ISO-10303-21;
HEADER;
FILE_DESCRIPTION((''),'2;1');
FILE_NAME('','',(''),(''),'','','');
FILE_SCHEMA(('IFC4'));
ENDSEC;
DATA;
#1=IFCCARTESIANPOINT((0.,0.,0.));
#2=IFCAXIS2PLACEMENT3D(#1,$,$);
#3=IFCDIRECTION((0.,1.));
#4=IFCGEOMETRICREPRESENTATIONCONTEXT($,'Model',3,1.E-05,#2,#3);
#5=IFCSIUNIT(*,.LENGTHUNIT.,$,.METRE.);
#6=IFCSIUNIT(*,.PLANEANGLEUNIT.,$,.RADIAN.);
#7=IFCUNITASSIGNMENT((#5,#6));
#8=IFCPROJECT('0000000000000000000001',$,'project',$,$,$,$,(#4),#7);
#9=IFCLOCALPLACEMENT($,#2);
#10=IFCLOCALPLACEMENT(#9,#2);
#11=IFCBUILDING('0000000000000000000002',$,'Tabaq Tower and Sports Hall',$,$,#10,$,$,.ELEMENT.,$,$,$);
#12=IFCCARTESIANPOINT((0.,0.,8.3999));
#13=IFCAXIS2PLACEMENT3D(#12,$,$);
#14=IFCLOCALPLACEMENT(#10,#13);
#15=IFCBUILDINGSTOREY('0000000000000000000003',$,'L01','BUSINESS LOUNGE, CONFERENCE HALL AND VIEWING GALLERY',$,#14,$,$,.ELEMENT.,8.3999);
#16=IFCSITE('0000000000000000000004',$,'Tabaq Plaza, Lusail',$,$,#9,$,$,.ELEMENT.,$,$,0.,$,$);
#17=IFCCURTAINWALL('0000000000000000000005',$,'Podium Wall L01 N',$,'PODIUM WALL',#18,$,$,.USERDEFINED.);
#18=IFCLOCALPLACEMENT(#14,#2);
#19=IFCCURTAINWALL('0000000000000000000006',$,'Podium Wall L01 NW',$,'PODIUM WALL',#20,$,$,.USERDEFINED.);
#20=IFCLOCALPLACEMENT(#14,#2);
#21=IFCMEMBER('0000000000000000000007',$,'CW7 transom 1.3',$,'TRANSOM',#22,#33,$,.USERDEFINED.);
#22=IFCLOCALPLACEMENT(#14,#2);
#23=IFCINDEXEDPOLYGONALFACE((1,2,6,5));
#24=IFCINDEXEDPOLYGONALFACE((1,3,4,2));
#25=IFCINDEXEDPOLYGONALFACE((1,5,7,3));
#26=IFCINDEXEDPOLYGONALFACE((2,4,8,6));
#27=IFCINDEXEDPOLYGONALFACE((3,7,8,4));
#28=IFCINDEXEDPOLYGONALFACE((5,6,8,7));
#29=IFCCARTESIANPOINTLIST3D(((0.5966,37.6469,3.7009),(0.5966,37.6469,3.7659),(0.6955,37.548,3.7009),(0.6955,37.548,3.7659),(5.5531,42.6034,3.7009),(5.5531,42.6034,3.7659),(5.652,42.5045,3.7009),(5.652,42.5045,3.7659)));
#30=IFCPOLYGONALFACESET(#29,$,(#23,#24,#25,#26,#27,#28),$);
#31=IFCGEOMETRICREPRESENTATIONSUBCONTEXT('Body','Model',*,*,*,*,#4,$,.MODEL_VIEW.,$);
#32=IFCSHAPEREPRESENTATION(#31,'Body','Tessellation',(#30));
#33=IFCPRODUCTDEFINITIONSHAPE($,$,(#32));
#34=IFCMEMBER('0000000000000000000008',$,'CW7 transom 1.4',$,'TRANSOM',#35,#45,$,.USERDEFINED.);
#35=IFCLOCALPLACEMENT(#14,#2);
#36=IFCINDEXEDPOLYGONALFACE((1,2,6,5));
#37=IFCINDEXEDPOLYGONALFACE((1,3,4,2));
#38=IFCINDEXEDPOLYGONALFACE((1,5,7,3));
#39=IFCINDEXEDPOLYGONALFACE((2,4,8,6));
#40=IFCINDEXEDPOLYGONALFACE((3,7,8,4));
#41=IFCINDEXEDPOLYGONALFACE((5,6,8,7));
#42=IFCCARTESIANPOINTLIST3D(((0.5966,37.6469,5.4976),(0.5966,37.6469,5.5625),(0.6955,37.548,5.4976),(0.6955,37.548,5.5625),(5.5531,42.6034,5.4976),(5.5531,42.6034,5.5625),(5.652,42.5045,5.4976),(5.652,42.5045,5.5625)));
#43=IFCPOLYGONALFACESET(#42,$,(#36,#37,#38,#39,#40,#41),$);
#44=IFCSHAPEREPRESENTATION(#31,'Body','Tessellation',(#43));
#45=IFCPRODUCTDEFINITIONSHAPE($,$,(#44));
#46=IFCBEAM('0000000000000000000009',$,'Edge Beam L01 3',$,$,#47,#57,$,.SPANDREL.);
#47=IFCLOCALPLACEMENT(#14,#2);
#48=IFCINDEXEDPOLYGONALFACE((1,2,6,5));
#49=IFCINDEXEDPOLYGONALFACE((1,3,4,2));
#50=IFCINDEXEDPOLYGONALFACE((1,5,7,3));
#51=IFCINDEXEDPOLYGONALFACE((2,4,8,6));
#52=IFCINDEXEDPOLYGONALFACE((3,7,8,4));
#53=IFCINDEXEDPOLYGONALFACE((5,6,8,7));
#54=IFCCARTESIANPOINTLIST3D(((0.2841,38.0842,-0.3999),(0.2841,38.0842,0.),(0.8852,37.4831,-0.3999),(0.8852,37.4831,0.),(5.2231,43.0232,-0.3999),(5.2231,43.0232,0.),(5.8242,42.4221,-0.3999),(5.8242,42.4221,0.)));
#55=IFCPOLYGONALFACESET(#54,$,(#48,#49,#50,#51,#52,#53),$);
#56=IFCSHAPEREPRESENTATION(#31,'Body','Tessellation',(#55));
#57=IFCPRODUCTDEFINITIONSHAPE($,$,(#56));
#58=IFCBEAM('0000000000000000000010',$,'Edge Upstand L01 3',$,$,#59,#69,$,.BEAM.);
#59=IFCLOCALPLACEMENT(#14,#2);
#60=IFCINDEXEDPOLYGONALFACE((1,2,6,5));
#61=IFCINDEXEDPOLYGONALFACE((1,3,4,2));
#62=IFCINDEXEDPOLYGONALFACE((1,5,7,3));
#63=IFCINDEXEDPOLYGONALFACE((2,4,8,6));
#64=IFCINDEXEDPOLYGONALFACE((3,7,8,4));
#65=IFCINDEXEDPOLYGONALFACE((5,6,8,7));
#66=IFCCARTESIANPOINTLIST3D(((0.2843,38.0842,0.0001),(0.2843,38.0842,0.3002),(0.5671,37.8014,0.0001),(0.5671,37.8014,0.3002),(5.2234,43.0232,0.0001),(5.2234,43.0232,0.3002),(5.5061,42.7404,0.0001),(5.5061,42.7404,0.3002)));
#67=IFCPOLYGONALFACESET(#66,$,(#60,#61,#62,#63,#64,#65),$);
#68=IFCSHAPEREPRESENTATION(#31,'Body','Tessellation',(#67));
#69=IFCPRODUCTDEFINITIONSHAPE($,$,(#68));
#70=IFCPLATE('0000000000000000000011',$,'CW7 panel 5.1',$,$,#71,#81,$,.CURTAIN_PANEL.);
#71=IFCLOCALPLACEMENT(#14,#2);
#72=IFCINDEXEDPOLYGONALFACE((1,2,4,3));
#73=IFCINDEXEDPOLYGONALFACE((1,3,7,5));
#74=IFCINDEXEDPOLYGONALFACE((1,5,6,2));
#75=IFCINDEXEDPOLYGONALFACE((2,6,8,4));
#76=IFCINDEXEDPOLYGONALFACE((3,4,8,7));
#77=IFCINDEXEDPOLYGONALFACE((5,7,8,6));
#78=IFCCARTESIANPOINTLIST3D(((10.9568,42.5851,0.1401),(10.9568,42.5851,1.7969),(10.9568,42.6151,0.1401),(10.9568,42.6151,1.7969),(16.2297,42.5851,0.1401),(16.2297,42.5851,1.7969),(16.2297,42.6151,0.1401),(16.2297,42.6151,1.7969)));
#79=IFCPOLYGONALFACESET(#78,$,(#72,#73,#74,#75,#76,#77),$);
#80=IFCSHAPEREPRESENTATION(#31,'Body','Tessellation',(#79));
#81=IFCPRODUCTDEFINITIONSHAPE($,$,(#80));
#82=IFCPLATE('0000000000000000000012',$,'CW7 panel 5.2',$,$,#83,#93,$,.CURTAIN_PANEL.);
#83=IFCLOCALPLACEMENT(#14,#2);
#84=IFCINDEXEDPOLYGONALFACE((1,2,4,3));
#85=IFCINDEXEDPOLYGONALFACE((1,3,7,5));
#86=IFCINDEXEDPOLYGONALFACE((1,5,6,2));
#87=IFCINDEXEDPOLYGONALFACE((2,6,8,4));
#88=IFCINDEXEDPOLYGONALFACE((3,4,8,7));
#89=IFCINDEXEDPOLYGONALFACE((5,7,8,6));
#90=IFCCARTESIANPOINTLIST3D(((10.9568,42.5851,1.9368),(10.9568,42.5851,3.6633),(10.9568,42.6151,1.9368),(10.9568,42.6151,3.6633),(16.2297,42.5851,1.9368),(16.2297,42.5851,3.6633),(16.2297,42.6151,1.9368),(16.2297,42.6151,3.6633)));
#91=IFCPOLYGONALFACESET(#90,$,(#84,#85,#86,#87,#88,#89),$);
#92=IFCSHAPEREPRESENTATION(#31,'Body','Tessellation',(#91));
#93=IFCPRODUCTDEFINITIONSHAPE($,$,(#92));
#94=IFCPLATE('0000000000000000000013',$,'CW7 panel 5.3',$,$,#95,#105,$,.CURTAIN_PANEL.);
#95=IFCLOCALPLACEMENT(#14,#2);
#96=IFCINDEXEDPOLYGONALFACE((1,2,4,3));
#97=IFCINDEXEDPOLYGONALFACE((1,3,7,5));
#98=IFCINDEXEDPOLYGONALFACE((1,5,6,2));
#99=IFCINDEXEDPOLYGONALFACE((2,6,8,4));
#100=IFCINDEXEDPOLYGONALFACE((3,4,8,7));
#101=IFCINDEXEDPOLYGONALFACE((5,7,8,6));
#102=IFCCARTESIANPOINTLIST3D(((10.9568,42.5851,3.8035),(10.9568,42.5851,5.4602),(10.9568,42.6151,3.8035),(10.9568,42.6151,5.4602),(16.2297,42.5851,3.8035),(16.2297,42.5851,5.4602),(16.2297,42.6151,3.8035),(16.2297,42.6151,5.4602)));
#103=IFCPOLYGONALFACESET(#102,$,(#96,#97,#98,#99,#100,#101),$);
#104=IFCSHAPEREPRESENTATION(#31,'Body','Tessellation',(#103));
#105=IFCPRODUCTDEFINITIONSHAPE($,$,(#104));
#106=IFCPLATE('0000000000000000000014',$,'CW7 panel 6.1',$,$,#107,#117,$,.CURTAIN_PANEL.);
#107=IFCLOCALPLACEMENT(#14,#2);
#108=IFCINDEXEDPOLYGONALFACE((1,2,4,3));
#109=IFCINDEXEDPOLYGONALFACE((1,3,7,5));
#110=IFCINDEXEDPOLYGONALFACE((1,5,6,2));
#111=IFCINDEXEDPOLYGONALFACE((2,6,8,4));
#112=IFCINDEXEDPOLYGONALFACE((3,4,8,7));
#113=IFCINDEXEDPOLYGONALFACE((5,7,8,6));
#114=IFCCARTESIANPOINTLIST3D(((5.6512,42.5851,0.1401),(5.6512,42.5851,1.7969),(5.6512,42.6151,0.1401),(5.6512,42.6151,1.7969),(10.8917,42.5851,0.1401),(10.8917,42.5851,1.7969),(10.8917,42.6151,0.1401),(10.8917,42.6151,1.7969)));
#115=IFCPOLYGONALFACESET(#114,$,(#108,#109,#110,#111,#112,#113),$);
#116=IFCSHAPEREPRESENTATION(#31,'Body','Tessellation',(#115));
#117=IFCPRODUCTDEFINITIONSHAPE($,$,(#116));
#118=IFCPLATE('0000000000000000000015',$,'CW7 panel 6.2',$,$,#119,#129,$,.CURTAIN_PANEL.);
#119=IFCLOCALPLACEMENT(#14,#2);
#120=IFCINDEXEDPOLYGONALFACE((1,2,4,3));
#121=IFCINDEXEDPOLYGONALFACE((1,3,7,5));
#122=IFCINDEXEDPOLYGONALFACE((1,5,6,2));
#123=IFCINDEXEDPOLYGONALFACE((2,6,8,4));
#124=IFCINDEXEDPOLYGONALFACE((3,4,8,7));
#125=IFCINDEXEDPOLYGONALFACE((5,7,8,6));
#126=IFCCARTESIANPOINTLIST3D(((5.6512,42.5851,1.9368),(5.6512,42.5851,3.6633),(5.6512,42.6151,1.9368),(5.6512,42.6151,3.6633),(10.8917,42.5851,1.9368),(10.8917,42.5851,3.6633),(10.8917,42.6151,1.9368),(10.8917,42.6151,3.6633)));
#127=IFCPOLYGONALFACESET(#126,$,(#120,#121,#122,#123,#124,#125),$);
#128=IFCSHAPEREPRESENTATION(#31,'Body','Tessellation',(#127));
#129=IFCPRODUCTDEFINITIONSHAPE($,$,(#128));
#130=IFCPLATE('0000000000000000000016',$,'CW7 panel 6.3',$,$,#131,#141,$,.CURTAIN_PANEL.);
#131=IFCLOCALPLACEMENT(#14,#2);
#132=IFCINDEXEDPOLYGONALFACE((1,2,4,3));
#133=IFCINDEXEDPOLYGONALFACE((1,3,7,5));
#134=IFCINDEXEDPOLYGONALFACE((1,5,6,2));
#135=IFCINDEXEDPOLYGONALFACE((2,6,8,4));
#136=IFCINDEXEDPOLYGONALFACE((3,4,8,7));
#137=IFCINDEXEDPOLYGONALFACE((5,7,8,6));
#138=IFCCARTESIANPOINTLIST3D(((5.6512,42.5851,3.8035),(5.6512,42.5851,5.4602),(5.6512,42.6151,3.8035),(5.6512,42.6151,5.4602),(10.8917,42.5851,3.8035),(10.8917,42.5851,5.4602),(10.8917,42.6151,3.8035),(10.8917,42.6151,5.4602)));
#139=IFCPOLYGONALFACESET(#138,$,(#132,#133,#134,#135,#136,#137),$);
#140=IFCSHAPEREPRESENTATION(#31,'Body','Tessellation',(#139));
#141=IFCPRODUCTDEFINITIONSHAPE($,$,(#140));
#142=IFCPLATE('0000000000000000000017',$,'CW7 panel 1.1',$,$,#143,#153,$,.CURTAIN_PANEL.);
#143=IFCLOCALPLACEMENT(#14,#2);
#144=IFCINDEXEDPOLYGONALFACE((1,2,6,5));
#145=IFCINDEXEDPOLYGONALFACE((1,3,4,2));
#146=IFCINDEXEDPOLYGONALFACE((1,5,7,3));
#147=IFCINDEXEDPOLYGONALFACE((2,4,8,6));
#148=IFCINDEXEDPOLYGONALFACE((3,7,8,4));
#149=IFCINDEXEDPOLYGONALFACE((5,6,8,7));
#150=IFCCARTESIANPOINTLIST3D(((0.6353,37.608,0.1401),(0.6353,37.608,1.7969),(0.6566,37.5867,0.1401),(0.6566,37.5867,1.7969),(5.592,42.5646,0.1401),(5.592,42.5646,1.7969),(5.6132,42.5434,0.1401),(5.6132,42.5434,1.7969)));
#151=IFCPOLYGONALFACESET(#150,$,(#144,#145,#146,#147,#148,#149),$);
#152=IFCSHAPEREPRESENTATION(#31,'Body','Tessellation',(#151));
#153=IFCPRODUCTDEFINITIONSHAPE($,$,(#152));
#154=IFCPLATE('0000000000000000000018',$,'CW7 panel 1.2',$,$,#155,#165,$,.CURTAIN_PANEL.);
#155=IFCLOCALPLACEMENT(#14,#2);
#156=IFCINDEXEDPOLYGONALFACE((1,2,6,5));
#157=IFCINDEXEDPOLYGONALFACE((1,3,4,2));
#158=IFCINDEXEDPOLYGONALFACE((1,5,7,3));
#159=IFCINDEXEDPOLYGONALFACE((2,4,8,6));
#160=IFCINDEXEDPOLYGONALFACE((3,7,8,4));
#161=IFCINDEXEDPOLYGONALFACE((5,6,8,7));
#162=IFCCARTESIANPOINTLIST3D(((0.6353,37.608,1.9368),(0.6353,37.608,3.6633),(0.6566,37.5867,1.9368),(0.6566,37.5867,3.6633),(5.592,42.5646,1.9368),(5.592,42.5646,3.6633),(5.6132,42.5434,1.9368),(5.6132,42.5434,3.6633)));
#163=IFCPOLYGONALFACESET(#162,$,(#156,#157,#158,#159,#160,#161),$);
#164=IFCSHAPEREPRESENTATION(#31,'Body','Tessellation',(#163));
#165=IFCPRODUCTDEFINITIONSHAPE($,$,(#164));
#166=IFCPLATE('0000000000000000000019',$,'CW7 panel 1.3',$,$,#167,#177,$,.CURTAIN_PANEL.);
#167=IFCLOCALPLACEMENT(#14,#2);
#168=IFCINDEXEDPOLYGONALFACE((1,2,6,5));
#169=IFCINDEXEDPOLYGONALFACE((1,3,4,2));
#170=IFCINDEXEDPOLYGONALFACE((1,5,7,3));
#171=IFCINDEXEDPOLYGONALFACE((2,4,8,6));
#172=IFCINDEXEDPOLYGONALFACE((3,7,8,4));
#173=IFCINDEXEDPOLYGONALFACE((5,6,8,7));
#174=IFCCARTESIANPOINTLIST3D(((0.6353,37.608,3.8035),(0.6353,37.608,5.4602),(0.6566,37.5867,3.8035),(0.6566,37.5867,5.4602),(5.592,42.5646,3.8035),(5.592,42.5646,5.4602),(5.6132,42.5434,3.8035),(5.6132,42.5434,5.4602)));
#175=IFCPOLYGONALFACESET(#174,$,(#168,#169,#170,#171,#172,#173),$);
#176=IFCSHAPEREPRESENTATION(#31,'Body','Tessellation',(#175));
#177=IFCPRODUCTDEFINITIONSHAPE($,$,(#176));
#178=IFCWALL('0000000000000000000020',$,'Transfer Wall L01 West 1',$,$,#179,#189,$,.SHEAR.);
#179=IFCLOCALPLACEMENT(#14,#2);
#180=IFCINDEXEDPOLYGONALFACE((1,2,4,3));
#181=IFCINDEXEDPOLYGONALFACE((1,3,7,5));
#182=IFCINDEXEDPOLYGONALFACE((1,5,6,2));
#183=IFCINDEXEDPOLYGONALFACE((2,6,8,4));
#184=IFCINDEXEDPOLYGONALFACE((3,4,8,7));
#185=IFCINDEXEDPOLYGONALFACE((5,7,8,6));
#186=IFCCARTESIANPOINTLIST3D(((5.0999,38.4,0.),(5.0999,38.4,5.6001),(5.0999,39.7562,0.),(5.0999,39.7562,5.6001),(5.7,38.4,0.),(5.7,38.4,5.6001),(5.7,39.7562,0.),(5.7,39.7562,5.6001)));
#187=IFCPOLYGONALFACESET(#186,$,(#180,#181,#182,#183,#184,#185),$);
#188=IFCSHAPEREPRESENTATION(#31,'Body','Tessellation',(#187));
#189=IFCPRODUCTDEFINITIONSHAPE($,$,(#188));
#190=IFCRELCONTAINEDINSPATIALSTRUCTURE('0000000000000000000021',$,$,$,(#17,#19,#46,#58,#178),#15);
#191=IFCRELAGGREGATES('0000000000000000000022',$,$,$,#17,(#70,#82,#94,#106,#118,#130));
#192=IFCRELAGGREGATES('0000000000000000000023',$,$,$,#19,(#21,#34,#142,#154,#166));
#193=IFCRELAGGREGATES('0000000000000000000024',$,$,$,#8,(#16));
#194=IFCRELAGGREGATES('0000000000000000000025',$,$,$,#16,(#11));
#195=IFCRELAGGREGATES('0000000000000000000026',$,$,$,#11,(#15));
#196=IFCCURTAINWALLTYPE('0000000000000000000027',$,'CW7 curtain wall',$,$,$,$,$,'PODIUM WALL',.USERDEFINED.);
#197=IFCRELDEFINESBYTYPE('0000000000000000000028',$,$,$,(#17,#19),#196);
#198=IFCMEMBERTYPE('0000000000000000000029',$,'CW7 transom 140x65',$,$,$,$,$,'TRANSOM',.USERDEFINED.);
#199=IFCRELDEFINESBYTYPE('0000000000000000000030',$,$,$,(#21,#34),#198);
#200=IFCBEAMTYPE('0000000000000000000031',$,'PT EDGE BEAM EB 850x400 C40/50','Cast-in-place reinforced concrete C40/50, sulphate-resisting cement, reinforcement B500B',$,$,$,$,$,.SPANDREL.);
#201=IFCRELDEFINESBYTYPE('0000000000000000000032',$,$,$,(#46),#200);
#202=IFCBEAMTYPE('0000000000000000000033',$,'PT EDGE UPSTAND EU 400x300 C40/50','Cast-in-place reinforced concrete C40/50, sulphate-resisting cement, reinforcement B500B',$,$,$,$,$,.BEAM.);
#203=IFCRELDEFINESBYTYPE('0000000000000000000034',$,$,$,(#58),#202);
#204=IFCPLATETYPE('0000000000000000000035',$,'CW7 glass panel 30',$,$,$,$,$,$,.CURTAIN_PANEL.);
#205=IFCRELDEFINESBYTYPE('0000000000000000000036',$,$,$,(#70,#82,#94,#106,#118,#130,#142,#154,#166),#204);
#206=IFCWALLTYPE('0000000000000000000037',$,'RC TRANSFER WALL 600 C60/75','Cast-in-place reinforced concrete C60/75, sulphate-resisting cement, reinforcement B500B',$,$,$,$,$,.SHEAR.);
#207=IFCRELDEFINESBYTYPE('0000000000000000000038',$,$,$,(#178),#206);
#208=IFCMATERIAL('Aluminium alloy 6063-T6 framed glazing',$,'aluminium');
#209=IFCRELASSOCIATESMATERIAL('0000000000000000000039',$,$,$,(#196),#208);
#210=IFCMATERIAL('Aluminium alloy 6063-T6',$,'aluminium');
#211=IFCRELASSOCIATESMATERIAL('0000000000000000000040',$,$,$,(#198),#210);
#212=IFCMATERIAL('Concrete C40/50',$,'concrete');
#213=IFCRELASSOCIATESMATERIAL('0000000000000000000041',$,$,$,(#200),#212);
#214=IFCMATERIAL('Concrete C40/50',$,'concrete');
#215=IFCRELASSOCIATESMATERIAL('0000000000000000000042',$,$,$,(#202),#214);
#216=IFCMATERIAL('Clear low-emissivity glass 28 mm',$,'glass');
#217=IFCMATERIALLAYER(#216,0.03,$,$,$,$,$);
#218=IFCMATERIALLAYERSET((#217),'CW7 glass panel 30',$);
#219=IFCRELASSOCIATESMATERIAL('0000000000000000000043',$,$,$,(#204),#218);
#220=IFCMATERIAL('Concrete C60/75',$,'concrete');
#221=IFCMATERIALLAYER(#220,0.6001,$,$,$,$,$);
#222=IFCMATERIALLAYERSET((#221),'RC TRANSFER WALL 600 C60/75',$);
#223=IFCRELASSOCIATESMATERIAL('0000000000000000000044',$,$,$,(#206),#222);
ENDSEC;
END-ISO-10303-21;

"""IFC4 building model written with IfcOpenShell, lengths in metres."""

from ifc_helpers import new_model, si_unit, direction, frame, frame_2d, origin, origin_2d, place, context, subcontext, project, spatial, rectangle, extrude, material, layer, layer_set, material_profile, profile_set, type_object, element, aggregate, save


model = new_model("IFC4")

# Units and contexts
model_context = context("Model", 3, precision=1e-05, world=origin(), true_north=direction((0.0, 1.0)))
body_context = subcontext(model_context, "Body", "Model", "MODEL_VIEW")
ifc_project = project(units=[si_unit("LENGTHUNIT", "METRE"), si_unit("PLANEANGLEUNIT", "RADIAN")], contexts=[model_context])

# Site, building, storey
site_placement = place(None, origin())
site = spatial("IfcSite", under=ifc_project, at=site_placement, Name="Tabaq Plaza, Lusail", CompositionType="ELEMENT", RefElevation=0.0)
building_placement = place(site_placement, origin())
building = spatial("IfcBuilding", under=site, at=building_placement, Name="Tabaq Tower and Sports Hall", CompositionType="ELEMENT")
storey_placement = place(building_placement, frame((0.0, 0.0, 8.3999)))
storey = spatial("IfcBuildingStorey", under=building, at=storey_placement, Name="L01", Description="BUSINESS LOUNGE, CONFERENCE HALL AND VIEWING GALLERY", CompositionType="ELEMENT", Elevation=8.3999)

# Curtain wall
ifc_material_1 = material(Name="Aluminium alloy 6063-T6 framed glazing", Category="aluminium")
curtain_wall_type = type_object("IfcCurtainWallType", Name="CW7 curtain wall", ElementType="PODIUM WALL", PredefinedType="USERDEFINED", material=ifc_material_1)
curtain_wall_1_placement = place(storey_placement, origin())
curtain_wall_1 = element("IfcCurtainWall", 1, at=curtain_wall_1_placement, inside=storey, type_object=curtain_wall_type, Name="Podium Wall L01 N", ObjectType="PODIUM WALL", PredefinedType="USERDEFINED")

# Curtain wall
curtain_wall_2_placement = place(storey_placement, origin())
curtain_wall_2 = element("IfcCurtainWall", 2, at=curtain_wall_2_placement, inside=storey, type_object=curtain_wall_type, Name="Podium Wall L01 NW", ObjectType="PODIUM WALL", PredefinedType="USERDEFINED")

# Members
ifc_material_2 = material(Name="Aluminium alloy 6063-T6", Category="aluminium")
ifc_material_profile_1 = material_profile(ifc_material_2, rectangle(XDim=0.1399, YDim=0.0649, at=origin_2d()), Name="TRANSOM 140x65")
ifc_profile_set_1 = profile_set([ifc_material_profile_1], Name="Aluminium alloy 6063-T6")
member_type_1 = type_object("IfcMemberType", Name="CW7 transom 140x65", ElementType="TRANSOM", PredefinedType="USERDEFINED", material=ifc_profile_set_1)
member_1_placement = place(storey_placement, frame((5.6025, 42.554, 3.7334), z_axis=(-0.707107, -0.707107, 0.0), x_axis=(0.707107, -0.707107, 0.0)))
member_1 = element("IfcMember", 3, at=member_1_placement, type_object=member_type_1, Name="CW7 transom 1.3", ObjectType="TRANSOM", PredefinedType="USERDEFINED", context=body_context, shape_type="SweptSolid", body=[
    extrude(rectangle(XDim=0.1399, YDim=0.0649, at=origin_2d()), origin(), (0.0, 0.0, 1.0), 7.0095),
])
member_2_placement = place(storey_placement, frame((5.6025, 42.554, 5.53), z_axis=(-0.707107, -0.707107, 0.0), x_axis=(0.707107, -0.707107, 0.0)))
member_2 = element("IfcMember", 4, at=member_2_placement, type_object=member_type_1, Name="CW7 transom 1.4", ObjectType="TRANSOM", PredefinedType="USERDEFINED", context=body_context, shape_type="SweptSolid", body=[
    extrude(rectangle(XDim=0.1399, YDim=0.0649, at=origin_2d()), origin(), (0.0, 0.0, 1.0), 7.0095),
])

# Beams
ifc_material_3 = material(Name="Concrete C40/50", Category="concrete")
ifc_material_profile_2 = material_profile(ifc_material_3, rectangle(XDim=0.8501, YDim=0.3999, at=origin_2d()), Name="EB 850x400")
ifc_profile_set_2 = profile_set([ifc_material_profile_2], Name="Concrete C40/50")
beam_type_1 = type_object("IfcBeamType", Name="PT EDGE BEAM EB 850x400 C40/50", Description="Cast-in-place reinforced concrete C40/50, sulphate-resisting cement, reinforcement B500B", PredefinedType="SPANDREL", material=ifc_profile_set_2)
beam_1_placement = place(storey_placement, frame((5.5237, 42.7227, -0.2), z_axis=(-0.707107, -0.707107, 0.0), x_axis=(0.707107, -0.707107, 0.0)))
element("IfcBeam", 5, at=beam_1_placement, inside=storey, type_object=beam_type_1, Name="Edge Beam L01 3", PredefinedType="SPANDREL", context=body_context, shape_type="SweptSolid", body=[
    extrude(rectangle(XDim=0.8501, YDim=0.3999, at=origin_2d()), origin(), (0.0, 0.0, 1.0), 6.9849),
])
ifc_material_4 = material(Name="Concrete C40/50", Category="concrete")
ifc_material_profile_3 = material_profile(ifc_material_4, rectangle(XDim=0.3999, YDim=0.3, at=origin_2d()), Name="EU 400x300")
ifc_profile_set_3 = profile_set([ifc_material_profile_3], Name="Concrete C40/50")
beam_type_2 = type_object("IfcBeamType", Name="PT EDGE UPSTAND EU 400x300 C40/50", Description="Cast-in-place reinforced concrete C40/50, sulphate-resisting cement, reinforcement B500B", PredefinedType="BEAM", material=ifc_profile_set_3)
beam_2_placement = place(storey_placement, frame((5.3647, 42.8818, 0.1501), z_axis=(-0.707107, -0.707107, 0.0), x_axis=(0.707107, -0.707107, 0.0)))
element("IfcBeam", 6, at=beam_2_placement, inside=storey, type_object=beam_type_2, Name="Edge Upstand L01 3", PredefinedType="BEAM", context=body_context, shape_type="SweptSolid", body=[
    extrude(rectangle(XDim=0.3999, YDim=0.3, at=origin_2d()), origin(), (0.0, 0.0, 1.0), 6.9849),
])

# Plates
ifc_material_5 = material(Name="Clear low-emissivity glass 28 mm", Category="glass")
ifc_layer_1 = layer(ifc_material_5, 0.03)
ifc_layer_set_1 = layer_set([ifc_layer_1], Name="CW7 glass panel 30")
plate_type = type_object("IfcPlateType", Name="CW7 glass panel 30", PredefinedType="CURTAIN_PANEL", material=ifc_layer_set_1)
plate_1_placement = place(storey_placement, frame((13.5933, 42.6001, 0.1401), z_axis=(0.0, 0.0, 1.0), x_axis=(-1.0, 0.0, 0.0)))
plate_1 = element("IfcPlate", 7, at=plate_1_placement, type_object=plate_type, Name="CW7 panel 5.1", PredefinedType="CURTAIN_PANEL", context=body_context, shape_type="SweptSolid", body=[
    extrude(rectangle(XDim=5.2729, YDim=0.03, at=origin_2d()), origin(), (0.0, 0.0, 1.0), 1.6567),
])
plate_2_placement = place(storey_placement, frame((13.5933, 42.6001, 1.9368), z_axis=(0.0, 0.0, 1.0), x_axis=(-1.0, 0.0, 0.0)))
plate_2 = element("IfcPlate", 8, at=plate_2_placement, type_object=plate_type, Name="CW7 panel 5.2", PredefinedType="CURTAIN_PANEL", context=body_context, shape_type="SweptSolid", body=[
    extrude(rectangle(XDim=5.2729, YDim=0.03, at=origin_2d()), origin(), (0.0, 0.0, 1.0), 1.7266),
])
plate_3_placement = place(storey_placement, frame((13.5933, 42.6001, 3.8035), z_axis=(0.0, 0.0, 1.0), x_axis=(-1.0, 0.0, 0.0)))
plate_3 = element("IfcPlate", 9, at=plate_3_placement, type_object=plate_type, Name="CW7 panel 5.3", PredefinedType="CURTAIN_PANEL", context=body_context, shape_type="SweptSolid", body=[
    extrude(rectangle(XDim=5.2729, YDim=0.03, at=origin_2d()), origin(), (0.0, 0.0, 1.0), 1.6567),
])
plate_4_placement = place(storey_placement, frame((8.2715, 42.6001, 0.1401), z_axis=(0.0, 0.0, 1.0), x_axis=(-1.0, 0.0, 0.0)))
plate_4 = element("IfcPlate", 10, at=plate_4_placement, type_object=plate_type, Name="CW7 panel 6.1", PredefinedType="CURTAIN_PANEL", context=body_context, shape_type="SweptSolid", body=[
    extrude(rectangle(XDim=5.2405, YDim=0.03, at=origin_2d()), origin(), (0.0, 0.0, 1.0), 1.6567),
])
plate_5_placement = place(storey_placement, frame((8.2715, 42.6001, 1.9368), z_axis=(0.0, 0.0, 1.0), x_axis=(-1.0, 0.0, 0.0)))
plate_5 = element("IfcPlate", 11, at=plate_5_placement, type_object=plate_type, Name="CW7 panel 6.2", PredefinedType="CURTAIN_PANEL", context=body_context, shape_type="SweptSolid", body=[
    extrude(rectangle(XDim=5.2405, YDim=0.03, at=origin_2d()), origin(), (0.0, 0.0, 1.0), 1.7266),
])
plate_6_placement = place(storey_placement, frame((8.2715, 42.6001, 3.8035), z_axis=(0.0, 0.0, 1.0), x_axis=(-1.0, 0.0, 0.0)))
plate_6 = element("IfcPlate", 12, at=plate_6_placement, type_object=plate_type, Name="CW7 panel 6.3", PredefinedType="CURTAIN_PANEL", context=body_context, shape_type="SweptSolid", body=[
    extrude(rectangle(XDim=5.2405, YDim=0.03, at=origin_2d()), origin(), (0.0, 0.0, 1.0), 1.6567),
])
aggregate(curtain_wall_1, [plate_1, plate_2, plate_3, plate_4, plate_5, plate_6])
plate_7_placement = place(storey_placement, frame((3.1243, 40.0757, 0.1401), z_axis=(0.0, 0.0, 1.0), x_axis=(-0.707107, -0.707107, 0.0)))
plate_7 = element("IfcPlate", 13, at=plate_7_placement, type_object=plate_type, Name="CW7 panel 1.1", PredefinedType="CURTAIN_PANEL", context=body_context, shape_type="SweptSolid", body=[
    extrude(rectangle(XDim=7.0098, YDim=0.03, at=origin_2d()), origin(), (0.0, 0.0, 1.0), 1.6567),
])
plate_8_placement = place(storey_placement, frame((3.1243, 40.0757, 1.9368), z_axis=(0.0, 0.0, 1.0), x_axis=(-0.707107, -0.707107, 0.0)))
plate_8 = element("IfcPlate", 14, at=plate_8_placement, type_object=plate_type, Name="CW7 panel 1.2", PredefinedType="CURTAIN_PANEL", context=body_context, shape_type="SweptSolid", body=[
    extrude(rectangle(XDim=7.0098, YDim=0.03, at=origin_2d()), origin(), (0.0, 0.0, 1.0), 1.7266),
])
plate_9_placement = place(storey_placement, frame((3.1243, 40.0757, 3.8035), z_axis=(0.0, 0.0, 1.0), x_axis=(-0.707107, -0.707107, 0.0)))
plate_9 = element("IfcPlate", 15, at=plate_9_placement, type_object=plate_type, Name="CW7 panel 1.3", PredefinedType="CURTAIN_PANEL", context=body_context, shape_type="SweptSolid", body=[
    extrude(rectangle(XDim=7.0098, YDim=0.03, at=origin_2d()), origin(), (0.0, 0.0, 1.0), 1.6567),
])
aggregate(curtain_wall_2, [member_1, member_2, plate_7, plate_8, plate_9])

# Wall
ifc_material_6 = material(Name="Concrete C60/75", Category="concrete")
ifc_layer_2 = layer(ifc_material_6, 0.6001)
ifc_layer_set_2 = layer_set([ifc_layer_2], Name="RC TRANSFER WALL 600 C60/75")
wall_type = type_object("IfcWallType", Name="RC TRANSFER WALL 600 C60/75", Description="Cast-in-place reinforced concrete C60/75, sulphate-resisting cement, reinforcement B500B", PredefinedType="SHEAR", material=ifc_layer_set_2)
wall_placement = place(storey_placement, frame((5.3999, 38.3999, 0.0), z_axis=(0.0, 0.0, 1.0), x_axis=(0.0, 1.0, 0.0)))
element("IfcWall", 16, at=wall_placement, inside=storey, type_object=wall_type, Name="Transfer Wall L01 West 1", PredefinedType="SHEAR", context=body_context, shape_type="SweptSolid", body=[
    extrude(rectangle(XDim=1.3562, YDim=0.6001, at=frame_2d((0.6782, 0.0))), origin(), (0.0, 0.0, 1.0), 5.6001),
])

save(model, "model.ifc")
